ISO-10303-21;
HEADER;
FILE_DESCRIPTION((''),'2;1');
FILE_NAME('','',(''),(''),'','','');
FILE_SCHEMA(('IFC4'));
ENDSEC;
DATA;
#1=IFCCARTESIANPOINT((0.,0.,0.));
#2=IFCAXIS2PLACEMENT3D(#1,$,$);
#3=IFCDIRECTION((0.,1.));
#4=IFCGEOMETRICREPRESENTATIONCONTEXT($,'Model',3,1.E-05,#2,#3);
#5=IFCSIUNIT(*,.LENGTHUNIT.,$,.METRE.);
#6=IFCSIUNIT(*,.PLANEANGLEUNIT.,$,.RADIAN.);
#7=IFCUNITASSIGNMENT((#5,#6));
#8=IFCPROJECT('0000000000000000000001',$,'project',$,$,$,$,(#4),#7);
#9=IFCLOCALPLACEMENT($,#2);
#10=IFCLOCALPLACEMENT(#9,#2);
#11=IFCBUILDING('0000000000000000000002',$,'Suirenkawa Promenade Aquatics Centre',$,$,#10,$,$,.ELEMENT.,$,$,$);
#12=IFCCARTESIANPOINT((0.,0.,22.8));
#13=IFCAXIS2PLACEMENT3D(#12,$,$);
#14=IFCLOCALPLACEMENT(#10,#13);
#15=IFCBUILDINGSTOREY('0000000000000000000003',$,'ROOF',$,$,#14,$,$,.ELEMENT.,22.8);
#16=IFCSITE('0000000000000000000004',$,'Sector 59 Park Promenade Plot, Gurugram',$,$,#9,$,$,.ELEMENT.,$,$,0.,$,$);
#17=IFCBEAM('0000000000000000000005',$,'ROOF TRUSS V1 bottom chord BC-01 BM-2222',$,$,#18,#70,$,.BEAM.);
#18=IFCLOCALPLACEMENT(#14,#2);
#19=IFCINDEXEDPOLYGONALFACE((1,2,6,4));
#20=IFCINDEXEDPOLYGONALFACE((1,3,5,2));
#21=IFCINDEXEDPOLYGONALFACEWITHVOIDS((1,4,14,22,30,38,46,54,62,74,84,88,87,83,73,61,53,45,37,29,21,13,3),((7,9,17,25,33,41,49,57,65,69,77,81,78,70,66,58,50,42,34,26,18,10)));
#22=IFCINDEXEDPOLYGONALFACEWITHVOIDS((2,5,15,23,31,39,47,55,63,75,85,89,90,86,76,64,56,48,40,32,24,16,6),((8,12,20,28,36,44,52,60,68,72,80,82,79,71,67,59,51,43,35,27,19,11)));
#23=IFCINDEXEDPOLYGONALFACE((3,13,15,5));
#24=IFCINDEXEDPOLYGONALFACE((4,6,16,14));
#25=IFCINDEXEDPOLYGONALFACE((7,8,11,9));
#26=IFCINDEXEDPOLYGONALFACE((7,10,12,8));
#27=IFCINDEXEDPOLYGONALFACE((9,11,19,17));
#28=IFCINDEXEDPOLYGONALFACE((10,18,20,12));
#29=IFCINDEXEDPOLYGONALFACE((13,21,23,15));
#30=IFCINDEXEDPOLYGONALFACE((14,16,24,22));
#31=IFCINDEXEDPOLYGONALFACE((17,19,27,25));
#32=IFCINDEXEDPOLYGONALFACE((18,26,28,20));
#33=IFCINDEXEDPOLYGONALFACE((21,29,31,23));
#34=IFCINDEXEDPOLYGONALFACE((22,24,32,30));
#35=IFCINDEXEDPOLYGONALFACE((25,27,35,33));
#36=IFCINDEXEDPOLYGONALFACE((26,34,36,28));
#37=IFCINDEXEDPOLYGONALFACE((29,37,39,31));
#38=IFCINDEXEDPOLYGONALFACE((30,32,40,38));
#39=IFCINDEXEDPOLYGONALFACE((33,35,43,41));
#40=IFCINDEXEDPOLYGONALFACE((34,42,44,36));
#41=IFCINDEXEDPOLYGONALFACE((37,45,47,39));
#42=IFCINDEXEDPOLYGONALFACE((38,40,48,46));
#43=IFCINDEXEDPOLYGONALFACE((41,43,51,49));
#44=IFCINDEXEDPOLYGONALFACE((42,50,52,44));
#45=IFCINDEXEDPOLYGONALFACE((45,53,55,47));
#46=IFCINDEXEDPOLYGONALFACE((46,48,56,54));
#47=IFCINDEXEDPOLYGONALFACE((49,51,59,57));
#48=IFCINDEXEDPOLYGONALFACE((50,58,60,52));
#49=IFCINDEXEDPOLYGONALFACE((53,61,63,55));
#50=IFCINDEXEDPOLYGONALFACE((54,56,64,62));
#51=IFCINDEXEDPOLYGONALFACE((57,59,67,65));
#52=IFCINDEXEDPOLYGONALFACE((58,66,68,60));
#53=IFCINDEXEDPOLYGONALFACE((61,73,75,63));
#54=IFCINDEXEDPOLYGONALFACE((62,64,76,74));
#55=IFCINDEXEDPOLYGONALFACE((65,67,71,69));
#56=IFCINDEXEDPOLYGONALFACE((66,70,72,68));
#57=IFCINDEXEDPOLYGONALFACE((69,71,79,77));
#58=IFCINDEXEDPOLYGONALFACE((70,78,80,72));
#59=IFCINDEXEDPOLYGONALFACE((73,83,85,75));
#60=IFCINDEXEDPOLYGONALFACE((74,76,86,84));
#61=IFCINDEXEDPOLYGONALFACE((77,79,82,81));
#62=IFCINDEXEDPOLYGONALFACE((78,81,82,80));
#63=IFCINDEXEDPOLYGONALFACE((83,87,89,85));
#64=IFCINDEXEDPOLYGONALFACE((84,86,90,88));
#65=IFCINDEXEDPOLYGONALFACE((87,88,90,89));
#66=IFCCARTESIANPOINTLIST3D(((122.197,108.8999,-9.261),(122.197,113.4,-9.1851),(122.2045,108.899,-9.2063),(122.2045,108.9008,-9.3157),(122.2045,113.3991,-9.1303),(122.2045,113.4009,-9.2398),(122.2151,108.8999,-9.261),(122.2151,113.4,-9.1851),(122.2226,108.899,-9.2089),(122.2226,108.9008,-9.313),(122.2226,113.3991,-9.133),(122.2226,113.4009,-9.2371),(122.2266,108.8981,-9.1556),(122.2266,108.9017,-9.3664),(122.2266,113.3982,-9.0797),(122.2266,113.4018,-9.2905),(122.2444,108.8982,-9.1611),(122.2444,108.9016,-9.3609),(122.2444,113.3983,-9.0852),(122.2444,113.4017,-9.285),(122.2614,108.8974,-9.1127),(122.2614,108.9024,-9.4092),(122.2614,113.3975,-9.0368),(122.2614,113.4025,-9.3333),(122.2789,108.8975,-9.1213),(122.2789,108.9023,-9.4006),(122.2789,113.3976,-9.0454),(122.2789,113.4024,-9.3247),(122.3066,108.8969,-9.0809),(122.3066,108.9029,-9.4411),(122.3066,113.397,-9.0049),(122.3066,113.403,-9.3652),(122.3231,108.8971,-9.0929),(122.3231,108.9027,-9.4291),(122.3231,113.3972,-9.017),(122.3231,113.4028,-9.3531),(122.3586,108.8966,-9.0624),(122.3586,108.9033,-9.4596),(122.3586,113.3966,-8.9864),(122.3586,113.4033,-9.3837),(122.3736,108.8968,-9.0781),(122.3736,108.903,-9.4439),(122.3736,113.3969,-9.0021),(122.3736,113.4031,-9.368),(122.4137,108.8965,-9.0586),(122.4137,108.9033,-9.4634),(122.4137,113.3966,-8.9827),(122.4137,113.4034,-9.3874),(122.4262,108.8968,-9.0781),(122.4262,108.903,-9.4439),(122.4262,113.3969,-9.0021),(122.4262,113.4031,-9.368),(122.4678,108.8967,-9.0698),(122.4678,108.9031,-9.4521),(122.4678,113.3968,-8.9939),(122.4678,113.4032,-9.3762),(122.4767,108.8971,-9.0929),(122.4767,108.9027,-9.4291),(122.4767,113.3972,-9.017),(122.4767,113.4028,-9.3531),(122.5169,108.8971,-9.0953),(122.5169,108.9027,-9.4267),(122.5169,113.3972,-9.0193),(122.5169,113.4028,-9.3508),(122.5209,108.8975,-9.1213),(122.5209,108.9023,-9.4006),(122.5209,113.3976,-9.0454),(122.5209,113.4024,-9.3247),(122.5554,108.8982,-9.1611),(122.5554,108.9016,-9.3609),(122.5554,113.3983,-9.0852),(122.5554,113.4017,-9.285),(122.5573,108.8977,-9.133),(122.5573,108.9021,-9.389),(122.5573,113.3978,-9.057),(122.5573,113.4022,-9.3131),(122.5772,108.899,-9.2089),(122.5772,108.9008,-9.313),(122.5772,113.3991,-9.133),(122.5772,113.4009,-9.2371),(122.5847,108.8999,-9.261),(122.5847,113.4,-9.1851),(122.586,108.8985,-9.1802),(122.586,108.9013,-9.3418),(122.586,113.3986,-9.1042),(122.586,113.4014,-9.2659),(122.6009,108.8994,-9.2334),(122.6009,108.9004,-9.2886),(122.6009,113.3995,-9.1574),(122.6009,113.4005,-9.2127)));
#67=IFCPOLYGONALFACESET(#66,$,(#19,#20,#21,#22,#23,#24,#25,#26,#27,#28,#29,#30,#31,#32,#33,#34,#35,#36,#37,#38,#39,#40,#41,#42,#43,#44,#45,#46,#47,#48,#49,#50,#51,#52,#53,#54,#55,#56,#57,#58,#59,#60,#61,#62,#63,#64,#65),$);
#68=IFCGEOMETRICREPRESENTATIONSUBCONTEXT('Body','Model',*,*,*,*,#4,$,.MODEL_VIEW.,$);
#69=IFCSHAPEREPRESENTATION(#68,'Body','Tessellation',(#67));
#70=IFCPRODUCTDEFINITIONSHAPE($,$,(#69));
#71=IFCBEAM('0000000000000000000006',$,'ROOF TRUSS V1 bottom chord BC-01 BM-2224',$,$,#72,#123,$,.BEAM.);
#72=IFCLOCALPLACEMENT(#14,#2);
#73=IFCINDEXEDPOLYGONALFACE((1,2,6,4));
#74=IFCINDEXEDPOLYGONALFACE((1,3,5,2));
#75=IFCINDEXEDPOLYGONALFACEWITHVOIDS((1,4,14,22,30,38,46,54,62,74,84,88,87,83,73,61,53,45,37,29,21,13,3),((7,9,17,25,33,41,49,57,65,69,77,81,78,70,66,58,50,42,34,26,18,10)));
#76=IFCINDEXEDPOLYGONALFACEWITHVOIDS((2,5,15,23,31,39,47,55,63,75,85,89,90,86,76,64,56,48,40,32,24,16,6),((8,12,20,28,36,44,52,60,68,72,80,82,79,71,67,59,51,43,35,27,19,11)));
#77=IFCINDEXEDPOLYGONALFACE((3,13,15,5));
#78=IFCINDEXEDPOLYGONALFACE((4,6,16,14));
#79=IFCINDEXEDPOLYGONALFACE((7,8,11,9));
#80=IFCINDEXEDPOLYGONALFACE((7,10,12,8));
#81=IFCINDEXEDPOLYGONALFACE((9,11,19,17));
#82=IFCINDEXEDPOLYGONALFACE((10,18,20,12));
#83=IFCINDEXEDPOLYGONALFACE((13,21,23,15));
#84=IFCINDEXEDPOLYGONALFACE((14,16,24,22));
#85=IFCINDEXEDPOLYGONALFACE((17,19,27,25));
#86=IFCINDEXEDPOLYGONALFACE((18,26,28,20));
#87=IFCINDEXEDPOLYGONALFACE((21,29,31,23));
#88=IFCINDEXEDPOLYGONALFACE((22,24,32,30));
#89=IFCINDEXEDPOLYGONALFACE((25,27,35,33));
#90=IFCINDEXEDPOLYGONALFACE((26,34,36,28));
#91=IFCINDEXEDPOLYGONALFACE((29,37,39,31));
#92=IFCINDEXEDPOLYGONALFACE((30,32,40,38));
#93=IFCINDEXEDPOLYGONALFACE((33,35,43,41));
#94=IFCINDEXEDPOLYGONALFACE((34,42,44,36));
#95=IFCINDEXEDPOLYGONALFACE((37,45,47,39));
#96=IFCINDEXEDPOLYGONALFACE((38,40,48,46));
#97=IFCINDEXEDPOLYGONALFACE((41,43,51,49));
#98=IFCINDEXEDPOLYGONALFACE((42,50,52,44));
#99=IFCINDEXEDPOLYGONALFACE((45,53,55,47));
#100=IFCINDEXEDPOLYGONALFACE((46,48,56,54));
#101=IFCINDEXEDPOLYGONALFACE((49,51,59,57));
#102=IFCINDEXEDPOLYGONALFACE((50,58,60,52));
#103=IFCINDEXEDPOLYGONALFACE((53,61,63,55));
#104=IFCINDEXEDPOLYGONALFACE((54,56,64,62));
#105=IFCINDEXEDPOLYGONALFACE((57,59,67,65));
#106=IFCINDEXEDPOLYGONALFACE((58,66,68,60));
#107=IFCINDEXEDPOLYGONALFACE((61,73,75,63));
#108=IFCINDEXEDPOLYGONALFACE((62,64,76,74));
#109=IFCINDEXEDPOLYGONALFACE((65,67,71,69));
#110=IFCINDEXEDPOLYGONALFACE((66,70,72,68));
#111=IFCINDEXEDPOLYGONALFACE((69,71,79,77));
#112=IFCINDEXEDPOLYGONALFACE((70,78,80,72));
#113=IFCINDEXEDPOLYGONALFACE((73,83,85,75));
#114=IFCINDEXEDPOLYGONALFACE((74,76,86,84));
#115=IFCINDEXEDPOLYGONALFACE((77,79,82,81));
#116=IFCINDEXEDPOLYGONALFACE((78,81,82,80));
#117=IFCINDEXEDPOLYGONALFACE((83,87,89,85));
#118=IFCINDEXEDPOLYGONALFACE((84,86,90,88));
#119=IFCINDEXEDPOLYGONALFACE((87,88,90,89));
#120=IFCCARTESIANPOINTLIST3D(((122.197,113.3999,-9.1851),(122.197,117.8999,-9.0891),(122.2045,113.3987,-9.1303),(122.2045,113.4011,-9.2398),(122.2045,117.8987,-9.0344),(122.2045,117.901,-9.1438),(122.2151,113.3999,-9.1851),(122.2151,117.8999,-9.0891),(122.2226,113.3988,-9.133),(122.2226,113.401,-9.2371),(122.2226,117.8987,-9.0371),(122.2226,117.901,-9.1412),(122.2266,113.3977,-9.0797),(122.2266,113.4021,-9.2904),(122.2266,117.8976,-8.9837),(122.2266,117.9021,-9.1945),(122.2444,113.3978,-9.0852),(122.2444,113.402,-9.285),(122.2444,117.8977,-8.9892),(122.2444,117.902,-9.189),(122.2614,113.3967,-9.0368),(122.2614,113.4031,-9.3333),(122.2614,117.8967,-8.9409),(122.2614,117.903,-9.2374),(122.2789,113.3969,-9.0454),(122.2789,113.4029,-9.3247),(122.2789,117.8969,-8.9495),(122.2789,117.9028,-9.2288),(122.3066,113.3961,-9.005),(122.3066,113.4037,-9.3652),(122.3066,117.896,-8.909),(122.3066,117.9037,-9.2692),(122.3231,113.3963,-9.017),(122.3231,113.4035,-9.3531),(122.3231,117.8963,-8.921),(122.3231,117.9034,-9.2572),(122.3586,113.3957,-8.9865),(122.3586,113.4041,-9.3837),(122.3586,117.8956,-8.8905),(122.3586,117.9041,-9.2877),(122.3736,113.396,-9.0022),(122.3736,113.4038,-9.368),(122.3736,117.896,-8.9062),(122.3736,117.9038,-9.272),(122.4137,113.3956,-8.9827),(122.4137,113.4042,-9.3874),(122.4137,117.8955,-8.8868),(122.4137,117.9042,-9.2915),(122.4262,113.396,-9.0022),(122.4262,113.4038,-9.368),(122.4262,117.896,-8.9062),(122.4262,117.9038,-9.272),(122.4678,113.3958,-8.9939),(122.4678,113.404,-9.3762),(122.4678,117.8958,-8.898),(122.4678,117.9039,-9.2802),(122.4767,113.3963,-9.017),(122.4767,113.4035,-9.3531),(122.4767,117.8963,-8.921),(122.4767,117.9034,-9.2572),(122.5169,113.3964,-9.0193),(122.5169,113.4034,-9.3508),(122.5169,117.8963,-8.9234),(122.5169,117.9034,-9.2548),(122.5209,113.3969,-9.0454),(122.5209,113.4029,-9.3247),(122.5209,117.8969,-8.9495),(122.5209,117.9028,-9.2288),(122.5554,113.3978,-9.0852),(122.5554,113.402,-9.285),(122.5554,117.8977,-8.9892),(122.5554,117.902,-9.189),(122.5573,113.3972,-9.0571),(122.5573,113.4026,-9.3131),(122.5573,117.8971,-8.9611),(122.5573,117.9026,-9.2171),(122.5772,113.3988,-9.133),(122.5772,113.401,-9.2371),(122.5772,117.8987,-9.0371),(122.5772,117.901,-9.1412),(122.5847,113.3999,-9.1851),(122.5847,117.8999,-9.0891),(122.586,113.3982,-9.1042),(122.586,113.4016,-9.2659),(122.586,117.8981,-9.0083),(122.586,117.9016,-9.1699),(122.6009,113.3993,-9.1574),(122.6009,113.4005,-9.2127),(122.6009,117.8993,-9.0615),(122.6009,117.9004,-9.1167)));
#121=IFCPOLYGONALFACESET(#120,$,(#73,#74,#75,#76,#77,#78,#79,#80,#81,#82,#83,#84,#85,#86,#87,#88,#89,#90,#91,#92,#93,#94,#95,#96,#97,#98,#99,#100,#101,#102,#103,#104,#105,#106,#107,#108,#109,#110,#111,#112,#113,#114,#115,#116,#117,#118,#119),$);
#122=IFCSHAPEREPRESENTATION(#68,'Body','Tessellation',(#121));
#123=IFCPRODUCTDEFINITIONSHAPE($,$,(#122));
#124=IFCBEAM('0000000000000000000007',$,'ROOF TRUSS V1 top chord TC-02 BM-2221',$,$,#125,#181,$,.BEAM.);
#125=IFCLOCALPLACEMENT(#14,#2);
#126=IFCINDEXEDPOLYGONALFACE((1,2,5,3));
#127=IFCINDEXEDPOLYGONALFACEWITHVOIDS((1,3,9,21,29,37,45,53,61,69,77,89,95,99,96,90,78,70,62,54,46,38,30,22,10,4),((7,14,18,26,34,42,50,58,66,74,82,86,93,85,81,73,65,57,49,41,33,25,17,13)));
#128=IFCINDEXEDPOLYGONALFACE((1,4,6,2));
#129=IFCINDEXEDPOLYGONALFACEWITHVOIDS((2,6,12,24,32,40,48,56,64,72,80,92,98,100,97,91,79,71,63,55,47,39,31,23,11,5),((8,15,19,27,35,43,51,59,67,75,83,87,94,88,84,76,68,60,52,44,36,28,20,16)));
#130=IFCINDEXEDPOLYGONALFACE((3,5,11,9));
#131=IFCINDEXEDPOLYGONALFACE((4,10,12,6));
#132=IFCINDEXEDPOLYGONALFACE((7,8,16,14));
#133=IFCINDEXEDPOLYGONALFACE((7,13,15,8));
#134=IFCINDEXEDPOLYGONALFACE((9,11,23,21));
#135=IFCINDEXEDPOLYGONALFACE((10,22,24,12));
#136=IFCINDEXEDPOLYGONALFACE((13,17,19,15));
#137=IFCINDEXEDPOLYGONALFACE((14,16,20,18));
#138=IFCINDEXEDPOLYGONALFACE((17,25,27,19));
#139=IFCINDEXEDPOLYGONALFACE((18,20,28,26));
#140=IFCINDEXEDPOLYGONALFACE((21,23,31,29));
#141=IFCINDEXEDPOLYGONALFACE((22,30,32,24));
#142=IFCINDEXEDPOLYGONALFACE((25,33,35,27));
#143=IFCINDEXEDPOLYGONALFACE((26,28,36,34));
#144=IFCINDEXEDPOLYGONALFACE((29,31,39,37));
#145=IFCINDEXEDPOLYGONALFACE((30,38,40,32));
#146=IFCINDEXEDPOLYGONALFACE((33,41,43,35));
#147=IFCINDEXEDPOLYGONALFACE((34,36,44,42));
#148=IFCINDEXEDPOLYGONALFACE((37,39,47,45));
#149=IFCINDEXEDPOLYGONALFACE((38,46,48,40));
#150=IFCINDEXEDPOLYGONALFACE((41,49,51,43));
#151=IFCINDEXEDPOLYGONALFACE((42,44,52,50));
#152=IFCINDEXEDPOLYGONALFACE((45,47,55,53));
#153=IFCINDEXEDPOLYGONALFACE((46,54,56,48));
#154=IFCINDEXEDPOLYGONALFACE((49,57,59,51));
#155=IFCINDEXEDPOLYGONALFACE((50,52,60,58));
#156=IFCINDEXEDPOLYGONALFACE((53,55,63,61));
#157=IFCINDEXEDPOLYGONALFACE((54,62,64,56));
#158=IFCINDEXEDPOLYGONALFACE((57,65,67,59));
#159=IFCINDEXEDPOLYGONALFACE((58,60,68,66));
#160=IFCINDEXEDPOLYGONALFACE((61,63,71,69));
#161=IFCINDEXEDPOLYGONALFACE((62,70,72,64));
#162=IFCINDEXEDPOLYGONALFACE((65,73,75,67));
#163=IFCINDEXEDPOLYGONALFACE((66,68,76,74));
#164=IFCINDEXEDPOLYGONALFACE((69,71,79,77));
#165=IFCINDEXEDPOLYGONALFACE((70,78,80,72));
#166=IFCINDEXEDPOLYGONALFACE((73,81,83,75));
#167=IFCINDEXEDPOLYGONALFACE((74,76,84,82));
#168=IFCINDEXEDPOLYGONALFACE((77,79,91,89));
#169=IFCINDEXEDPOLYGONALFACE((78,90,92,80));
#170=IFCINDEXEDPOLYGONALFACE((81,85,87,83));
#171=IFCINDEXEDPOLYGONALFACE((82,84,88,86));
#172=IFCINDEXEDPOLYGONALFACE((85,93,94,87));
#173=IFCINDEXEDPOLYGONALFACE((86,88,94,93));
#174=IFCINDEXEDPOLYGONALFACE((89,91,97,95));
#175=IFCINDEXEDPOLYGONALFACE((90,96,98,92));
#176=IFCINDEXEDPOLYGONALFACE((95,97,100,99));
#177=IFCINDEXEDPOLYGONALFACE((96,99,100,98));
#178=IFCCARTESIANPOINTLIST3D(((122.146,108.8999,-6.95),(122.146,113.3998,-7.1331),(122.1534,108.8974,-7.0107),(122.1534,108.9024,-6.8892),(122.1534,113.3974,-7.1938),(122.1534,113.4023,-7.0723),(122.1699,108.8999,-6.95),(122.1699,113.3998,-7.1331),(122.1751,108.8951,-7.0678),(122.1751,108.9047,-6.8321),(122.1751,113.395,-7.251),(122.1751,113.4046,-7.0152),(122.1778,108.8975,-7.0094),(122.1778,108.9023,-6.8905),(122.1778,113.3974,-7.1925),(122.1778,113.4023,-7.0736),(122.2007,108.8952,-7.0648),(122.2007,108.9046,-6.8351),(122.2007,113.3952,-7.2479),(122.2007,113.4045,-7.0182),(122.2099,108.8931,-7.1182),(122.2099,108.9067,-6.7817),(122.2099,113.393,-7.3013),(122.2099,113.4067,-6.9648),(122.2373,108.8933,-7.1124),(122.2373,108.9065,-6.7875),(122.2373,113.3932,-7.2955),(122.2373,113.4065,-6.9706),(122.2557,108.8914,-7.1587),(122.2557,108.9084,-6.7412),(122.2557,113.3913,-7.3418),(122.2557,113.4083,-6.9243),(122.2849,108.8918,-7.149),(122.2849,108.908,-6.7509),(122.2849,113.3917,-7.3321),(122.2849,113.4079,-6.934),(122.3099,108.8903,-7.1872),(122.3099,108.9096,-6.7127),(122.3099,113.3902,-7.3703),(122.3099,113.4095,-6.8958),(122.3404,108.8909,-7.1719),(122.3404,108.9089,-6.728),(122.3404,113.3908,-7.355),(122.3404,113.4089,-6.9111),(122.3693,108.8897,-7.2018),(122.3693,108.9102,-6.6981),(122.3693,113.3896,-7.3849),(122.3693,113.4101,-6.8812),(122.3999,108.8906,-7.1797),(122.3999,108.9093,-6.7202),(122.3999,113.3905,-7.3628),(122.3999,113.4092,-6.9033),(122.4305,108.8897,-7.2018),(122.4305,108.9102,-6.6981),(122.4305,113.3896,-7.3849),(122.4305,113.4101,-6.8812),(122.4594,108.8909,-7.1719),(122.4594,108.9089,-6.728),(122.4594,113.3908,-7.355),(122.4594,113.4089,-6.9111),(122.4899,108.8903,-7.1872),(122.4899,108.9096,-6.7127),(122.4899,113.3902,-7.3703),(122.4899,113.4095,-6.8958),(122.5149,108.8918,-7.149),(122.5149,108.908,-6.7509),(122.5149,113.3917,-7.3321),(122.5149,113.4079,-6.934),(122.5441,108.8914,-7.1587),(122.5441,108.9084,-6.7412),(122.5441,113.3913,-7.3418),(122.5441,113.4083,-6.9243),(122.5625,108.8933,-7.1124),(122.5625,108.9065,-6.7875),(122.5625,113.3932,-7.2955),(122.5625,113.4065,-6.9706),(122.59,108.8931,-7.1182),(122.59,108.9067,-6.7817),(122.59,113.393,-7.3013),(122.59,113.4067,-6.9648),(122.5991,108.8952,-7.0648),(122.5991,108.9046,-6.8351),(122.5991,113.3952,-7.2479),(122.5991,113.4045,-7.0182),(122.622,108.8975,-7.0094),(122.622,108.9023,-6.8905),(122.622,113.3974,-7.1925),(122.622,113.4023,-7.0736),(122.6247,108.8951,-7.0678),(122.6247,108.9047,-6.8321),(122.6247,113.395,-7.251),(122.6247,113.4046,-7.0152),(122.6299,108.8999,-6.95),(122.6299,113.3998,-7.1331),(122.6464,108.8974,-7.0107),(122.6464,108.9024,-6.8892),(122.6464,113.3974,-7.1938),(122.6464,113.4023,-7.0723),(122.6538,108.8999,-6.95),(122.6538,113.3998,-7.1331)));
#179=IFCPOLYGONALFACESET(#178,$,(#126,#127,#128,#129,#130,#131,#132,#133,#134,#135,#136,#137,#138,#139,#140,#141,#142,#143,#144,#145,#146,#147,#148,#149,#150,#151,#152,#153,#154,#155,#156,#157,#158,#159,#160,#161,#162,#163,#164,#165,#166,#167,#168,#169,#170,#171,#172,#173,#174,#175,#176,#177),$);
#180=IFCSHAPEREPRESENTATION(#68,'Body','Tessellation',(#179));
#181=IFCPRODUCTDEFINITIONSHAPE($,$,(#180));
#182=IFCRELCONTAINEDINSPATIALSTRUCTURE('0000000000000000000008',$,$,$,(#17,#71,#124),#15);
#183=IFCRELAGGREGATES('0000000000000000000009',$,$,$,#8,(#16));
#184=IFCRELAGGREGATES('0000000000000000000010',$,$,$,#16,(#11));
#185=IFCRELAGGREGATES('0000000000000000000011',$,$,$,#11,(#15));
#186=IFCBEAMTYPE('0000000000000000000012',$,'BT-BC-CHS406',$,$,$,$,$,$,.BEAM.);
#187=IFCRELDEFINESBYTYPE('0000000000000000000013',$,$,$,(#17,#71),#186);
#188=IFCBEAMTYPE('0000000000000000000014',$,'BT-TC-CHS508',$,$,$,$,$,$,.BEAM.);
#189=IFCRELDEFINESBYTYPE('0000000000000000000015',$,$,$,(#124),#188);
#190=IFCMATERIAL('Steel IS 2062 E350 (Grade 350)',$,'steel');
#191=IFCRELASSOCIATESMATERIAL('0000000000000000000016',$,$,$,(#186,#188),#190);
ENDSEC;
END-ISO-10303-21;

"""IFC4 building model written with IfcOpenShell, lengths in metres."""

from ifc_helpers import new_model, si_unit, direction, frame, origin, origin_2d, place, context, subcontext, project, spatial, hollow_circle, extrude, material, material_profile, profile_set, type_object, element, save


model = new_model("IFC4")

# Units and contexts
model_context = context("Model", 3, precision=1e-05, world=origin(), true_north=direction((0.0, 1.0)))
body_context = subcontext(model_context, "Body", "Model", "MODEL_VIEW")
ifc_project = project(units=[si_unit("LENGTHUNIT", "METRE"), si_unit("PLANEANGLEUNIT", "RADIAN")], contexts=[model_context])

# Site, building, storey
site_placement = place(None, origin())
site = spatial("IfcSite", under=ifc_project, at=site_placement, Name="Sector 59 Park Promenade Plot, Gurugram", CompositionType="ELEMENT", RefElevation=0.0)
building_placement = place(site_placement, origin())
building = spatial("IfcBuilding", under=site, at=building_placement, Name="Suirenkawa Promenade Aquatics Centre", CompositionType="ELEMENT")
storey_placement = place(building_placement, frame((0.0, 0.0, 22.8)))
storey = spatial("IfcBuildingStorey", under=building, at=storey_placement, Name="ROOF", CompositionType="ELEMENT", Elevation=22.8)

# Beams
ifc_material = material(Name="Steel IS 2062 E350 (Grade 350)", Category="steel")
ifc_material_profile_1 = material_profile(ifc_material, hollow_circle(Radius=0.2029, WallThickness=0.0181, at=origin_2d()), Name="CHS 406x18", Category="steel")
ifc_profile_set_1 = profile_set([ifc_material_profile_1], Name="Steel IS 2062 E350 (Grade 350)")
beam_type_1 = type_object("IfcBeamType", Name="BT-BC-CHS406", PredefinedType="BEAM", material=ifc_profile_set_1)
beam_1_placement = place(storey_placement, frame((122.3999, 108.8999, -9.261), z_axis=(0.0, 0.999858, 0.01687), x_axis=(-1.0, 0.0, 0.0)))
element("IfcBeam", 1, at=beam_1_placement, inside=storey, type_object=beam_type_1, Name="ROOF TRUSS V1 bottom chord BC-01 BM-2222", PredefinedType="BEAM", context=body_context, shape_type="SweptSolid", body=[
    extrude(hollow_circle(Radius=0.2029, WallThickness=0.0181, at=origin_2d()), origin(), (0.0, 0.0, 1.0), 4.5007),
])
beam_2_placement = place(storey_placement, frame((122.3999, 113.3999, -9.1851), z_axis=(0.0, 0.999773, 0.021317), x_axis=(-1.0, 0.0, 0.0)))
element("IfcBeam", 2, at=beam_2_placement, inside=storey, type_object=beam_type_1, Name="ROOF TRUSS V1 bottom chord BC-01 BM-2224", PredefinedType="BEAM", context=body_context, shape_type="SweptSolid", body=[
    extrude(hollow_circle(Radius=0.2029, WallThickness=0.0181, at=origin_2d()), origin(), (0.0, 0.0, 1.0), 4.501),
])
ifc_material_profile_2 = material_profile(ifc_material, hollow_circle(Radius=0.2539, WallThickness=0.0239, at=origin_2d()), Name="CHS 508x24", Category="steel")
ifc_profile_set_2 = profile_set([ifc_material_profile_2], Name="Steel IS 2062 E350 (Grade 350)")
beam_type_2 = type_object("IfcBeamType", Name="BT-TC-CHS508", PredefinedType="BEAM", material=ifc_profile_set_2)
for number, where, z_axis, x_axis, name in (
    (3, (122.3999, 108.8999, -6.95), (0.0, 0.999173, -0.040656), (-1.0, 0.0, 0.0), "ROOF TRUSS V1 top chord TC-02 BM-2221"),
):
    element("IfcBeam", number, at=place(storey_placement, frame(where, z_axis=z_axis, x_axis=x_axis)), inside=storey, type_object=beam_type_2, Name=name, PredefinedType="BEAM", context=body_context, shape_type="SweptSolid", body=[
        extrude(hollow_circle(Radius=0.2539, WallThickness=0.0239, at=origin_2d()), origin(), (0.0, 0.0, 1.0), 4.5037),
    ])

save(model, "model.ifc")
